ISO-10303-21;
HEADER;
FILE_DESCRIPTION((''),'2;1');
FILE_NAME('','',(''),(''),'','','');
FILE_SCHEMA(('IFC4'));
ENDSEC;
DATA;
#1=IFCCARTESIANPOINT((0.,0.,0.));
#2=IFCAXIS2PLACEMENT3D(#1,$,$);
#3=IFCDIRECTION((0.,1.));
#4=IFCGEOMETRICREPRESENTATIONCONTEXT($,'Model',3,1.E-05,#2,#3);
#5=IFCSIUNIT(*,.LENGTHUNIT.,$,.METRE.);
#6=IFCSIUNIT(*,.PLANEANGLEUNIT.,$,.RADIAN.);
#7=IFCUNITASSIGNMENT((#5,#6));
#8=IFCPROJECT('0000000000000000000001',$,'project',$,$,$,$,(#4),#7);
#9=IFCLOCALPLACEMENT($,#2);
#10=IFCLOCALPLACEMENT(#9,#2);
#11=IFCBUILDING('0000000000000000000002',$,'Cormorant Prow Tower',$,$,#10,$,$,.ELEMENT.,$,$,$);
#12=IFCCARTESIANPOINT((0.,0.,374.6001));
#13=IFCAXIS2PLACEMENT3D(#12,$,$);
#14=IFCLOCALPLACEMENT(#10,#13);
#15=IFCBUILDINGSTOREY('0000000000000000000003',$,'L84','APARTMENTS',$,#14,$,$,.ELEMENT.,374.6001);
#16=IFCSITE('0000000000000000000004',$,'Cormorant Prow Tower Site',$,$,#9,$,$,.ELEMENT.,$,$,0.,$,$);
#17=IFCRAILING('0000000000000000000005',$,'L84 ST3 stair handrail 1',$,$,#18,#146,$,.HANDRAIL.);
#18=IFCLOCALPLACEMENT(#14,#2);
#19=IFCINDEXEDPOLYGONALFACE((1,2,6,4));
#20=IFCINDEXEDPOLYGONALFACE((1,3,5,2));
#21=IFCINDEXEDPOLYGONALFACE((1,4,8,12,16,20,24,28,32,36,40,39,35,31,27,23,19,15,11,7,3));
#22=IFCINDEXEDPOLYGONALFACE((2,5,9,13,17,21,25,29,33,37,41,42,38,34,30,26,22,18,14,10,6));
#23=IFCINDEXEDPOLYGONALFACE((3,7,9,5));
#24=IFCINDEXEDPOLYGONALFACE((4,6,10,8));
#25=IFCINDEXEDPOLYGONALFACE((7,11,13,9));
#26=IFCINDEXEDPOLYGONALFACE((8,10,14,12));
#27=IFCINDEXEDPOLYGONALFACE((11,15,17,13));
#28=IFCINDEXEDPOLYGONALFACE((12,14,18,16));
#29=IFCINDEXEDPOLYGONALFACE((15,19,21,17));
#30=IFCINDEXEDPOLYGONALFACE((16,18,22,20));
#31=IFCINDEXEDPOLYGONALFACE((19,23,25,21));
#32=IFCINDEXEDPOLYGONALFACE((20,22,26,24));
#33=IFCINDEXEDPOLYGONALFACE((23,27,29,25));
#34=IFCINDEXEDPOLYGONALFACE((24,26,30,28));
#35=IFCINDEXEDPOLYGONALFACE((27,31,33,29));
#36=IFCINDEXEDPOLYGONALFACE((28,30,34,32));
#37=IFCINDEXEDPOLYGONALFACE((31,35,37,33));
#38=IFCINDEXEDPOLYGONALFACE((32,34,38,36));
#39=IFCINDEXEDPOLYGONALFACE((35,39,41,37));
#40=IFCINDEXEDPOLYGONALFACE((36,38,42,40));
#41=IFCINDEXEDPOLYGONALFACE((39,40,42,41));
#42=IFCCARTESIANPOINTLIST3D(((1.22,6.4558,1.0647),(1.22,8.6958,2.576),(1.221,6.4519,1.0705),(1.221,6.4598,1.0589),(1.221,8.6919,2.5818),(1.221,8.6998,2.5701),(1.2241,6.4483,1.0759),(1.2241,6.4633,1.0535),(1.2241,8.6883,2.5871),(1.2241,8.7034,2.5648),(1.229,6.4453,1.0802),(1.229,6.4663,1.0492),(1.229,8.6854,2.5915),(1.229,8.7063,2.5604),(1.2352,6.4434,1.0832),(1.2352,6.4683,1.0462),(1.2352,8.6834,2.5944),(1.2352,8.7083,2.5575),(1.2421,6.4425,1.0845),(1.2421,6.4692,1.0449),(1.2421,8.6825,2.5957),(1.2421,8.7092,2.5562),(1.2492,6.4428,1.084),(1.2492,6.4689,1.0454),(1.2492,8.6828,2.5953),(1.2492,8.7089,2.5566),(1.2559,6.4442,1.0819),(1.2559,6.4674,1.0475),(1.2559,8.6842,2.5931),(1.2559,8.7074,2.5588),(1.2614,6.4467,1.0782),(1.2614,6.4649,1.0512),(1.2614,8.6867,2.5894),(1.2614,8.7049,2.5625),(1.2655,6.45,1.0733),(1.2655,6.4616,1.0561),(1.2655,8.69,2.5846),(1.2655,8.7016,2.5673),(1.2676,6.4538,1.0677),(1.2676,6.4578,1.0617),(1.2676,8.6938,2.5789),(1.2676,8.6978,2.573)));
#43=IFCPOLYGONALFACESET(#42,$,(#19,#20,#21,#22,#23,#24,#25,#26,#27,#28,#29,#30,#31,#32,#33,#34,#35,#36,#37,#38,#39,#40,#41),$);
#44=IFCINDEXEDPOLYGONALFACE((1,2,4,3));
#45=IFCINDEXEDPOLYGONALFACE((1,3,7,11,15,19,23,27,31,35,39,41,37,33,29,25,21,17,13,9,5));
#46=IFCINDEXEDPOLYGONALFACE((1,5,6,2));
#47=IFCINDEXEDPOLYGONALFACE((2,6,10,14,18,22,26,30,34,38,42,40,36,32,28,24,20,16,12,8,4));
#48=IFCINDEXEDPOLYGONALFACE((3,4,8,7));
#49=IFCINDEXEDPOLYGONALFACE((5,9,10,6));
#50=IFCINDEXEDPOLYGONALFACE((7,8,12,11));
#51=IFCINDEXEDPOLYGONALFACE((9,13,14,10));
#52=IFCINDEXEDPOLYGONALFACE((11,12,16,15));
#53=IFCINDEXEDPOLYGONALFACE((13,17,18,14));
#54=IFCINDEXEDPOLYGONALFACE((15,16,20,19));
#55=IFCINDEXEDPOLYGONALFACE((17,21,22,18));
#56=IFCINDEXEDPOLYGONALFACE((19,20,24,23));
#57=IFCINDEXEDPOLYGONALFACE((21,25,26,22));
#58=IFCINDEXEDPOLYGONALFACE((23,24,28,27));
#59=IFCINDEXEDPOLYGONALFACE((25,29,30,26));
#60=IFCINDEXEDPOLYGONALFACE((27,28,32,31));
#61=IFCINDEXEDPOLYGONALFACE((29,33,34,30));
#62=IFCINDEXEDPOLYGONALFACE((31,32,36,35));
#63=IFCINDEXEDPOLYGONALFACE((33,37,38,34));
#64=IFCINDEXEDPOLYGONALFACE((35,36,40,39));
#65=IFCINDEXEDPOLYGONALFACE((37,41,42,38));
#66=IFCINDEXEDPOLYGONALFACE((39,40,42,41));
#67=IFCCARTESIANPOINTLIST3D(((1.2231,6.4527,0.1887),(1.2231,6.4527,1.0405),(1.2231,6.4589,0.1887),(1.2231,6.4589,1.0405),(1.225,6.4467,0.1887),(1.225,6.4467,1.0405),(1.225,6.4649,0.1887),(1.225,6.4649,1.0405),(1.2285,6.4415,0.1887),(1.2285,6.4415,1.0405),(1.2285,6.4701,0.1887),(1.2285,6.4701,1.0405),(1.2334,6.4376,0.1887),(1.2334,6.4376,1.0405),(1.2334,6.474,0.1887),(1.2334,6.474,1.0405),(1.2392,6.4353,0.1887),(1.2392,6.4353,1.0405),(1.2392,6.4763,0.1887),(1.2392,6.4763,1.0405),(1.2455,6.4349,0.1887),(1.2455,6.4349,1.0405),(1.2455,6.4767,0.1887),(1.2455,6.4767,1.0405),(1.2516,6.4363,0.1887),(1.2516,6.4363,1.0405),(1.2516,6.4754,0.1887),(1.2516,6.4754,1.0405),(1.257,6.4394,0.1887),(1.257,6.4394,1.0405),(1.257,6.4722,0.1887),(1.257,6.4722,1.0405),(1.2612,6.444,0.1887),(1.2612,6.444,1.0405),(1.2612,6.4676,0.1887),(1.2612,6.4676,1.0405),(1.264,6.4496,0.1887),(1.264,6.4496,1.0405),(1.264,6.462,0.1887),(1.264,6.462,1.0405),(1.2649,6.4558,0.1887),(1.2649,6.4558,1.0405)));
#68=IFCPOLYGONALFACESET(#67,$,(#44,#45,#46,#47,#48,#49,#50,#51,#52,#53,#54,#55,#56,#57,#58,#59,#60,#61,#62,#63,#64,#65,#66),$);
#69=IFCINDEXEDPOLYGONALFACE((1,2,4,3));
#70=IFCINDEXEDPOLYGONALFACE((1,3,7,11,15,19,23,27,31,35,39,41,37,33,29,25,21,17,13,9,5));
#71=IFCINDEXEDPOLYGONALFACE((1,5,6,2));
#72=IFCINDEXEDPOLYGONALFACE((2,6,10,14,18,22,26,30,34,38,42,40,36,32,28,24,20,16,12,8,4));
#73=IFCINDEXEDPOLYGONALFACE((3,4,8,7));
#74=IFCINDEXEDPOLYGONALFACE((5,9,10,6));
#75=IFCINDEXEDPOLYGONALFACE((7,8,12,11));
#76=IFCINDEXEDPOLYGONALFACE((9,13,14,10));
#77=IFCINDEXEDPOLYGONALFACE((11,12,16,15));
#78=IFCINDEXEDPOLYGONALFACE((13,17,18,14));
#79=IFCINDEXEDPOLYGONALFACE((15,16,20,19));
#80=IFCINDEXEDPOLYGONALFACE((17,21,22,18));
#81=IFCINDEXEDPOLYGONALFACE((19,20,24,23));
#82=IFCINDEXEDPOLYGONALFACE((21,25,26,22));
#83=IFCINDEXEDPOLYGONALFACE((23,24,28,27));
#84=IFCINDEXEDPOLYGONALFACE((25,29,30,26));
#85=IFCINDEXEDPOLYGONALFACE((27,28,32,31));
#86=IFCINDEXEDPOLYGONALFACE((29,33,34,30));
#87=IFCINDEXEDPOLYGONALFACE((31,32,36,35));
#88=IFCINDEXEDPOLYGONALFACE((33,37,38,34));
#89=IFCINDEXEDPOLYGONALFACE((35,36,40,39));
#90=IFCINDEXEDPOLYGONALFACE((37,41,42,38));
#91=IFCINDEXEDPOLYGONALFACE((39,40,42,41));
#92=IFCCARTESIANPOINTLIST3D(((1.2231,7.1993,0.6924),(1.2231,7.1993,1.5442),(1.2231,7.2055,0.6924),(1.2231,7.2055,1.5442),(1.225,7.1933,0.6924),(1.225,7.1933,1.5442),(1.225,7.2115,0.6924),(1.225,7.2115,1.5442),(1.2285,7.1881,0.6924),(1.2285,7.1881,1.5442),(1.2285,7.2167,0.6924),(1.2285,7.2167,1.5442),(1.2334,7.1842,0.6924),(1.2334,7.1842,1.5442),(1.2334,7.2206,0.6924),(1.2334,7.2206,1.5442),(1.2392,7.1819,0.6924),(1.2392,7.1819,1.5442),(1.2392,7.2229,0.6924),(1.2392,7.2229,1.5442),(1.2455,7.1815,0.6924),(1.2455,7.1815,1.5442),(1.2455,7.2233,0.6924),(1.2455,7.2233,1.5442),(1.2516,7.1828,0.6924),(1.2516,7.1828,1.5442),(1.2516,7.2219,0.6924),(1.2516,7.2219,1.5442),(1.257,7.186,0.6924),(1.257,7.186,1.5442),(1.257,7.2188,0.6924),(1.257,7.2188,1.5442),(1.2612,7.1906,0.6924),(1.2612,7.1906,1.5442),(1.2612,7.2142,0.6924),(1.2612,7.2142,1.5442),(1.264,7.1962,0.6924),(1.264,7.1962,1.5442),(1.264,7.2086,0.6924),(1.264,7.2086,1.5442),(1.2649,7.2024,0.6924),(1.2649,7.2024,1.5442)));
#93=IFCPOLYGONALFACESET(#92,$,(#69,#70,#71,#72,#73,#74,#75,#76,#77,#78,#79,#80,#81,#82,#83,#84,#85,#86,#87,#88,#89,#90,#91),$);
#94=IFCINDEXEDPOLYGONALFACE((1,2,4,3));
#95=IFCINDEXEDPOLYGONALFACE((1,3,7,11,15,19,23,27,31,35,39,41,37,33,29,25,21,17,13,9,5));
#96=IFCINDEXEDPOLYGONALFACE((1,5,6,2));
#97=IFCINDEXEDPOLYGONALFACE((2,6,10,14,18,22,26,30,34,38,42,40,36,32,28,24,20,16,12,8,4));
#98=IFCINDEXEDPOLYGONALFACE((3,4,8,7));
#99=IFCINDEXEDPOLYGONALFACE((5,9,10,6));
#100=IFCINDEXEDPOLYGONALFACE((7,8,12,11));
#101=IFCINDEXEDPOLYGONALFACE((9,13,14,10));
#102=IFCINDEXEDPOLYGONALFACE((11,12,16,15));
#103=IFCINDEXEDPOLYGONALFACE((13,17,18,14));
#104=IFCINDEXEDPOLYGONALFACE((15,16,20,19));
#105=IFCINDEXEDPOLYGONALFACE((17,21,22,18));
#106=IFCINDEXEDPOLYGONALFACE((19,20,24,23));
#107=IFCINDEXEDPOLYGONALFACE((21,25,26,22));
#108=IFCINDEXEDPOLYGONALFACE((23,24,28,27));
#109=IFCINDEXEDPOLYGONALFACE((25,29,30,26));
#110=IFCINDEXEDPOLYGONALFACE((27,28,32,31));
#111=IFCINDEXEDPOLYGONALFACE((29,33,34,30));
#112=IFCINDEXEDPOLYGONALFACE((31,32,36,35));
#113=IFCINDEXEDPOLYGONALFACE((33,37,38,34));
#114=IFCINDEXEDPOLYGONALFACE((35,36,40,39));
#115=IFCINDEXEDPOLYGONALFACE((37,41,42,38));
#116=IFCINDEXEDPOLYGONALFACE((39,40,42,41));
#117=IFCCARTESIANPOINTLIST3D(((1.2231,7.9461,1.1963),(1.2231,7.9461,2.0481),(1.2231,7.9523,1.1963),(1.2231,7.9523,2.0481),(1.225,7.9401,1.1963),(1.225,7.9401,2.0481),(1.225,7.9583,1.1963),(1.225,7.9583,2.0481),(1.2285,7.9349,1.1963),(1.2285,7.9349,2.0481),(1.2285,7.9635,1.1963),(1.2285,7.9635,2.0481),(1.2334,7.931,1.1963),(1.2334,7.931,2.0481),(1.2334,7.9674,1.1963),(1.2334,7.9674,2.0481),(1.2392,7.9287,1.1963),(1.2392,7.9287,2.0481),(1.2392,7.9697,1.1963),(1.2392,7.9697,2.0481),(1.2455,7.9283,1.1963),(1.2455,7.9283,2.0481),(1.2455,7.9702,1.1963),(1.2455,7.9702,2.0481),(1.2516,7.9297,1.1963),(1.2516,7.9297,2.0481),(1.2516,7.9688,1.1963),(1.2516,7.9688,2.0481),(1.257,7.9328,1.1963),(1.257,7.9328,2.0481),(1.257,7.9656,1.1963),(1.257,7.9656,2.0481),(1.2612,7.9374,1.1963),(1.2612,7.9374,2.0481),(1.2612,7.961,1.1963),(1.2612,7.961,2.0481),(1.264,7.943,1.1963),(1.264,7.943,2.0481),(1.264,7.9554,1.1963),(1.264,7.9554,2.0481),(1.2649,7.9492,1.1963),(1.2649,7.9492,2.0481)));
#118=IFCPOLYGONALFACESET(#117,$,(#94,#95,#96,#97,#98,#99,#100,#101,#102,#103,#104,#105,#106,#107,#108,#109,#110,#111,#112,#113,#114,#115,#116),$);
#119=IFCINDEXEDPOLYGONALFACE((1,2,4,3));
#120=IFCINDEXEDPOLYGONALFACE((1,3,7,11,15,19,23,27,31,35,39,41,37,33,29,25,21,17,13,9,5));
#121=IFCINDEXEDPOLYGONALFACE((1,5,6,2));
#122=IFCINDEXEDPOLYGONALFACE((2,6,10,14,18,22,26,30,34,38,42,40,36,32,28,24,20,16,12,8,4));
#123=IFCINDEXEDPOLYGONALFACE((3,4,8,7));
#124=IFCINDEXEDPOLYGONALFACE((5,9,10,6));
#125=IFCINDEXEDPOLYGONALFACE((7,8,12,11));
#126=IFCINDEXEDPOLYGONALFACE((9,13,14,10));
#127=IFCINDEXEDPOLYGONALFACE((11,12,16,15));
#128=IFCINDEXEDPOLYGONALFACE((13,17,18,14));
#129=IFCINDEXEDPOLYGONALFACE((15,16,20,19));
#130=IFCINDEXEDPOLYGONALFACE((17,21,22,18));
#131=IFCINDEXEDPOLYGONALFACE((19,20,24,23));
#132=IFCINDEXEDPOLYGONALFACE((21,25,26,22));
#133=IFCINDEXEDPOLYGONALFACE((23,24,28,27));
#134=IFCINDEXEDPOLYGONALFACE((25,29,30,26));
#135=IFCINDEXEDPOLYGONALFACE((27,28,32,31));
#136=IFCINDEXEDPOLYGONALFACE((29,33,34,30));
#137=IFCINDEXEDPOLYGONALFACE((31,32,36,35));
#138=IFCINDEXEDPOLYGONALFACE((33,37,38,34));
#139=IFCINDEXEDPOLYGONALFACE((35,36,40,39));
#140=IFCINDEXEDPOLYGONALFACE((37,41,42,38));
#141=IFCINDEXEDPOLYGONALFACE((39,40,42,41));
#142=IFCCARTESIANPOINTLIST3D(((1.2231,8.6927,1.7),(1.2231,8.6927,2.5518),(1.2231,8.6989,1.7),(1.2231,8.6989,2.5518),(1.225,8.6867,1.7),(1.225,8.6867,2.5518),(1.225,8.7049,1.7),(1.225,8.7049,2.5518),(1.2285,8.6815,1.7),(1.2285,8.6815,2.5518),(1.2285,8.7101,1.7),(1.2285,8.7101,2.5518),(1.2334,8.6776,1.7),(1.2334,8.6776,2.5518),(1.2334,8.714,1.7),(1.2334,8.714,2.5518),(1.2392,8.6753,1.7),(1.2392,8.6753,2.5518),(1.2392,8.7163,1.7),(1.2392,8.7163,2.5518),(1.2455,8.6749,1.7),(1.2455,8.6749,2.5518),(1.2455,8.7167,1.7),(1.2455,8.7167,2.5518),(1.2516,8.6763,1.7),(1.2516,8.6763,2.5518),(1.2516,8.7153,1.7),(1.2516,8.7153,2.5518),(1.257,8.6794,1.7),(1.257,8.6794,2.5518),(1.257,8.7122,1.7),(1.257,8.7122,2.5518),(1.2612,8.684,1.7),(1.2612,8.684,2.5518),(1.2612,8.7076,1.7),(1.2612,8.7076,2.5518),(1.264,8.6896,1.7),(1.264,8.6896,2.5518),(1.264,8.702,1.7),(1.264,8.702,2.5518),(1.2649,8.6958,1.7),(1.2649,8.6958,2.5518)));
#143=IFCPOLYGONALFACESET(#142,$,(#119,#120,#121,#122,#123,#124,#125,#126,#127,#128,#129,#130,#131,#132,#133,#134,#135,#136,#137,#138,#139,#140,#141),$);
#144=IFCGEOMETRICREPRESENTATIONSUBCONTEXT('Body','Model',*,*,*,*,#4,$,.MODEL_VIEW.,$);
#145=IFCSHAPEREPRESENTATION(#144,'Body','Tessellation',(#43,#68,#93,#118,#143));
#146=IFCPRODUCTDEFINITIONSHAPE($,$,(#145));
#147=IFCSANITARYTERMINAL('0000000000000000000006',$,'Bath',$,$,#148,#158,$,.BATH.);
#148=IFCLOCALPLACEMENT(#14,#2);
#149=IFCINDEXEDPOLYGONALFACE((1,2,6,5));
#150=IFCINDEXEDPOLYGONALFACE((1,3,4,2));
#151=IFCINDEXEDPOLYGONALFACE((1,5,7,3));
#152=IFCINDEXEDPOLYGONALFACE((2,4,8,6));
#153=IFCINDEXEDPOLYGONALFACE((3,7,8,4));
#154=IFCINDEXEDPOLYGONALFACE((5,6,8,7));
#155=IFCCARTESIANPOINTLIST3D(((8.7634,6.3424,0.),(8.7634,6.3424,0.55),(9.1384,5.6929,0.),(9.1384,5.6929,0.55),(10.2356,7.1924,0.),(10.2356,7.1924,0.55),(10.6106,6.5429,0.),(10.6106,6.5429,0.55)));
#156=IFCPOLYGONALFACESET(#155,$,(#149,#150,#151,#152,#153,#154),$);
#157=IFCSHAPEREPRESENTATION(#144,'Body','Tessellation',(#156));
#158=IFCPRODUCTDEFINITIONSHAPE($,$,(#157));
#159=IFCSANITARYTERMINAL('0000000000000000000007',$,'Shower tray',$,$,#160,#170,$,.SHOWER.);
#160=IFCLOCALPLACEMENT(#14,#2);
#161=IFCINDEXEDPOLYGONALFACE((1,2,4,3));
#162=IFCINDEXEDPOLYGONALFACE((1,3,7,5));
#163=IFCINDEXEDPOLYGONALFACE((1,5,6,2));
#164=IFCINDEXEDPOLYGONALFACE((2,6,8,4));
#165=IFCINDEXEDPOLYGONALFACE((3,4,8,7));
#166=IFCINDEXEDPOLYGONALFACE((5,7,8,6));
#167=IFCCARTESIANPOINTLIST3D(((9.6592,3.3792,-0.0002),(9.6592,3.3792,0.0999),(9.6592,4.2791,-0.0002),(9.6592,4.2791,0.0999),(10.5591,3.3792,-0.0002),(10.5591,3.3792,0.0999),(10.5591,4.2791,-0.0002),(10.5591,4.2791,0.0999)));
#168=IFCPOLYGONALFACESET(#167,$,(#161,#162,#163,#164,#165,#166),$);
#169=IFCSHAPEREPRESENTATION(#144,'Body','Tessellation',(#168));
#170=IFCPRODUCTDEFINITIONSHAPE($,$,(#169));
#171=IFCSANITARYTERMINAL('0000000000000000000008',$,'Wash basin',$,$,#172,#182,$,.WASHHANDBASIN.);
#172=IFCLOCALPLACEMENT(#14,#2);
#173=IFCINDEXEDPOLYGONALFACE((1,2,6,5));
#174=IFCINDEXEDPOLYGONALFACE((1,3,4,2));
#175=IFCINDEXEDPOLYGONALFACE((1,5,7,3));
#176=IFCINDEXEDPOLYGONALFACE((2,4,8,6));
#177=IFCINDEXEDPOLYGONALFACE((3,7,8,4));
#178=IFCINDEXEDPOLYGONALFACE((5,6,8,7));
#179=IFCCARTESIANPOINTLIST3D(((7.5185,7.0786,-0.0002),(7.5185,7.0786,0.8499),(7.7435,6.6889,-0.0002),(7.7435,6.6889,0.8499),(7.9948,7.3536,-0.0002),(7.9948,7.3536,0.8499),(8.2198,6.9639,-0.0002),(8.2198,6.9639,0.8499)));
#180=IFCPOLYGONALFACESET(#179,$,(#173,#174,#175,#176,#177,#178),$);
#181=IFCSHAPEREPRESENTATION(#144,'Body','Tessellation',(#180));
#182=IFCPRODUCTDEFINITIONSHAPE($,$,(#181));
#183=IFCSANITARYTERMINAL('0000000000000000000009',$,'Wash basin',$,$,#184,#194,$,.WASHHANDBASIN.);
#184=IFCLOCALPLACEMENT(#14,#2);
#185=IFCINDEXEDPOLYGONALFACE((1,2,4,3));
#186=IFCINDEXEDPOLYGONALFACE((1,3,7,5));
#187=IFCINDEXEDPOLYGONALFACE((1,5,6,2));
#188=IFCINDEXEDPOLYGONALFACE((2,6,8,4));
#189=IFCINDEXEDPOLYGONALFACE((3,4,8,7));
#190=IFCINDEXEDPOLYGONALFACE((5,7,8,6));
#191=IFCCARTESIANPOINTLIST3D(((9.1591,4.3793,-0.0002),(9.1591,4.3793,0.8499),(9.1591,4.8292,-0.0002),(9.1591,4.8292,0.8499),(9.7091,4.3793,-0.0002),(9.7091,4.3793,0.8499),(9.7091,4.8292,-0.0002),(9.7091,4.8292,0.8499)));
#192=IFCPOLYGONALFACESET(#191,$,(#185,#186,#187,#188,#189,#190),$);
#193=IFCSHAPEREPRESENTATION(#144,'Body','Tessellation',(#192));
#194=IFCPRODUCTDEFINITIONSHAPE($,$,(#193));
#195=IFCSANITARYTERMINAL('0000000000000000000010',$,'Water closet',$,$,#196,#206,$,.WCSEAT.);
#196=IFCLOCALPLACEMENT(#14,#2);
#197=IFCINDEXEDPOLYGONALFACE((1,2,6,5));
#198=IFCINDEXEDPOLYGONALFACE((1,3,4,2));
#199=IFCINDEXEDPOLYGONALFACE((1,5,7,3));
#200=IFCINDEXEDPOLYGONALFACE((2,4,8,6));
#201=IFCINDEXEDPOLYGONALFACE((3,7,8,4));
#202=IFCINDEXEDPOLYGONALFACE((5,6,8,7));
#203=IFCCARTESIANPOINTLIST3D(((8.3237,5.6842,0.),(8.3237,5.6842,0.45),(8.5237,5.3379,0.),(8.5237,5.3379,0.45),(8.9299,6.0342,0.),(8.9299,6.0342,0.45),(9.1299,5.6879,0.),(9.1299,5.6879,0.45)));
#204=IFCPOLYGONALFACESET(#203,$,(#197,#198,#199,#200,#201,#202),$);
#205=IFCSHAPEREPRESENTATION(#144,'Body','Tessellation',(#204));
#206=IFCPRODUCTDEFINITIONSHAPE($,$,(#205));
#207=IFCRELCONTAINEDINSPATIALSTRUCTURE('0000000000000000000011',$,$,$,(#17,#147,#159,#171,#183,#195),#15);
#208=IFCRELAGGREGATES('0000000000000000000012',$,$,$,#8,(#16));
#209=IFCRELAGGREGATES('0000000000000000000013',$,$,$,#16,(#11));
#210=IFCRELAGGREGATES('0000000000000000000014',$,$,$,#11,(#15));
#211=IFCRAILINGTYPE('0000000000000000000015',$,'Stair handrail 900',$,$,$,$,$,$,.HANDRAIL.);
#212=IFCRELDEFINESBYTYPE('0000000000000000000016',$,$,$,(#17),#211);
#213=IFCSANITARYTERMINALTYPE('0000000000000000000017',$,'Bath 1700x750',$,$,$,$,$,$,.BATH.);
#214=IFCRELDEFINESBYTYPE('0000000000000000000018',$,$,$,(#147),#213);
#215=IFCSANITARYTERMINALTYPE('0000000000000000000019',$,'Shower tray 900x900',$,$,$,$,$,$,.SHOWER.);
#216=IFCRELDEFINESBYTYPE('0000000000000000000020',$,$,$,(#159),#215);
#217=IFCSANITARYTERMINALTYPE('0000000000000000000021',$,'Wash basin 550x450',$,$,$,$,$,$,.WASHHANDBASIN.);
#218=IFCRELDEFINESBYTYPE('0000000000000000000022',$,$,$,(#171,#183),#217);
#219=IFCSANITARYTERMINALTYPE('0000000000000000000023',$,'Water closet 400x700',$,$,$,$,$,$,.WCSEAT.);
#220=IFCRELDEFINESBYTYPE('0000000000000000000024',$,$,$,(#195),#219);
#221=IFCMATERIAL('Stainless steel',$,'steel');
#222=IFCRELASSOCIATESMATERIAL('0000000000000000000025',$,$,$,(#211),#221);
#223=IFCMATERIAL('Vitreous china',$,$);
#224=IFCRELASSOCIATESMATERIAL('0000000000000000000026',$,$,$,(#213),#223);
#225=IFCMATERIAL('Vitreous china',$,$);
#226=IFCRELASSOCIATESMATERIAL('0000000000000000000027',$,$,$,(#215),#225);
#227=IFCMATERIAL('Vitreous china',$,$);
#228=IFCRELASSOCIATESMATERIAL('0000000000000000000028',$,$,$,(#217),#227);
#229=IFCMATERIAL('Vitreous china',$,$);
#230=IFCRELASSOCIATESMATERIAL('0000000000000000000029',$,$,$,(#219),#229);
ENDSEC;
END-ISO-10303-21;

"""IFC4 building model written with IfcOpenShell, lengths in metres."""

from ifc_helpers import new_model, si_unit, direction, frame, origin, origin_2d, place, context, subcontext, project, spatial, rectangle, circle, extrude, material, type_object, element, save


model = new_model("IFC4")

# Units and contexts
model_context = context("Model", 3, precision=1e-05, world=origin(), true_north=direction((0.0, 1.0)))
body_context = subcontext(model_context, "Body", "Model", "MODEL_VIEW")
ifc_project = project(units=[si_unit("LENGTHUNIT", "METRE"), si_unit("PLANEANGLEUNIT", "RADIAN")], contexts=[model_context])

# Site, building, storey
site_placement = place(None, origin())
site = spatial("IfcSite", under=ifc_project, at=site_placement, Name="Cormorant Prow Tower Site", CompositionType="ELEMENT", RefElevation=0.0)
building_placement = place(site_placement, origin())
building = spatial("IfcBuilding", under=site, at=building_placement, Name="Cormorant Prow Tower", CompositionType="ELEMENT")
storey_placement = place(building_placement, frame((0.0, 0.0, 374.6001)))
storey = spatial("IfcBuildingStorey", under=building, at=storey_placement, Name="L84", Description="APARTMENTS", CompositionType="ELEMENT", Elevation=374.6001)

# Railing
ifc_material_1 = material(Name="Stainless steel", Category="steel")
railing_type_1 = type_object("IfcRailingType", Name="Stair handrail 900", PredefinedType="HANDRAIL", material=ifc_material_1)
railing_1_placement = place(storey_placement, frame((1.2439, 6.4558, 0.1887)))
element("IfcRailing", 1, at=railing_1_placement, inside=storey, type_object=railing_type_1, Name="L84 ST3 stair handrail 1", PredefinedType="HANDRAIL", context=body_context, shape_type="SweptSolid", body=[
    extrude(circle(Radius=0.0239, at=origin_2d()), frame((0.0, 0.0, 0.876), z_axis=(0.0, 0.82898, 0.559279), x_axis=(-1.0, 0.0, 0.0)), (0.0, 0.0, 1.0), 2.7021),
    extrude(circle(Radius=0.021, at=origin_2d()), origin(), (0.0, 0.0, 1.0), 0.8518),
    extrude(circle(Radius=0.021, at=origin_2d()), frame((0.0, 0.7466, 0.5037)), (0.0, 0.0, 1.0), 0.8518),
    extrude(circle(Radius=0.021, at=origin_2d()), frame((0.0, 1.4934, 1.0076)), (0.0, 0.0, 1.0), 0.8518),
    extrude(circle(Radius=0.021, at=origin_2d()), frame((0.0, 2.24, 1.5112)), (0.0, 0.0, 1.0), 0.8518),
])

# Sanitary terminals
ifc_material_2 = material(Name="Vitreous china")
sanitary_terminal_type_1 = type_object("IfcSanitaryTerminalType", Name="Bath 1700x750", PredefinedType="BATH", material=ifc_material_2)
sanitary_terminal_1_placement = place(storey_placement, frame((9.687, 6.4426, 0.0), z_axis=(0.0, 0.0, 1.0), x_axis=(-0.866025, -0.5, 0.0)))
element("IfcSanitaryTerminal", 2, at=sanitary_terminal_1_placement, inside=storey, type_object=sanitary_terminal_type_1, Name="Bath", PredefinedType="BATH", context=body_context, shape_type="SweptSolid", body=[
    extrude(rectangle(XDim=1.7, YDim=0.75, at=origin_2d()), origin(), (0.0, 0.0, 1.0), 0.55),
])
ifc_material_3 = material(Name="Vitreous china")
sanitary_terminal_type_2 = type_object("IfcSanitaryTerminalType", Name="Shower tray 900x900", PredefinedType="SHOWER", material=ifc_material_3)
sanitary_terminal_2_placement = place(storey_placement, frame((10.1091, 3.8291, -0.0002), z_axis=(0.0, 0.0, 1.0), x_axis=(1.0, 0.0, 0.0)))
element("IfcSanitaryTerminal", 3, at=sanitary_terminal_2_placement, inside=storey, type_object=sanitary_terminal_type_2, Name="Shower tray", PredefinedType="SHOWER", context=body_context, shape_type="SweptSolid", body=[
    extrude(rectangle(XDim=0.8999, YDim=0.8999, at=origin_2d()), origin(), (0.0, 0.0, 1.0), 0.1001),
])
ifc_material_4 = material(Name="Vitreous china")
sanitary_terminal_type_3 = type_object("IfcSanitaryTerminalType", Name="Wash basin 550x450", PredefinedType="WASHHANDBASIN", material=ifc_material_4)
for number, where, z_axis, x_axis, name in (
    (4, (7.8691, 7.0212, -0.0002), (0.0, 0.0, 1.0), (0.866025, 0.5, 0.0), "Wash basin"),
    (5, (9.4341, 4.6042, -0.0002), (0.0, 0.0, 1.0), (1.0, 0.0, 0.0), "Wash basin"),
):
    element("IfcSanitaryTerminal", number, at=place(storey_placement, frame(where, z_axis=z_axis, x_axis=x_axis)), inside=storey, type_object=sanitary_terminal_type_3, Name=name, PredefinedType="WASHHANDBASIN", context=body_context, shape_type="SweptSolid", body=[
        extrude(rectangle(XDim=0.55, YDim=0.45, at=origin_2d()), origin(), (0.0, 0.0, 1.0), 0.8501),
    ])
ifc_material_5 = material(Name="Vitreous china")
sanitary_terminal_type_4 = type_object("IfcSanitaryTerminalType", Name="Water closet 400x700", PredefinedType="WCSEAT", material=ifc_material_5)
for number, where, z_axis, x_axis, name in (
    (6, (8.7268, 5.686, 0.0), (0.0, 0.0, 1.0), (-0.5, 0.866025, 0.0), "Water closet"),
):
    element("IfcSanitaryTerminal", number, at=place(storey_placement, frame(where, z_axis=z_axis, x_axis=x_axis)), inside=storey, type_object=sanitary_terminal_type_4, Name=name, PredefinedType="WCSEAT", context=body_context, shape_type="SweptSolid", body=[
        extrude(rectangle(XDim=0.3999, YDim=0.7, at=origin_2d()), origin(), (0.0, 0.0, 1.0), 0.45),
    ])

save(model, "model.ifc")
